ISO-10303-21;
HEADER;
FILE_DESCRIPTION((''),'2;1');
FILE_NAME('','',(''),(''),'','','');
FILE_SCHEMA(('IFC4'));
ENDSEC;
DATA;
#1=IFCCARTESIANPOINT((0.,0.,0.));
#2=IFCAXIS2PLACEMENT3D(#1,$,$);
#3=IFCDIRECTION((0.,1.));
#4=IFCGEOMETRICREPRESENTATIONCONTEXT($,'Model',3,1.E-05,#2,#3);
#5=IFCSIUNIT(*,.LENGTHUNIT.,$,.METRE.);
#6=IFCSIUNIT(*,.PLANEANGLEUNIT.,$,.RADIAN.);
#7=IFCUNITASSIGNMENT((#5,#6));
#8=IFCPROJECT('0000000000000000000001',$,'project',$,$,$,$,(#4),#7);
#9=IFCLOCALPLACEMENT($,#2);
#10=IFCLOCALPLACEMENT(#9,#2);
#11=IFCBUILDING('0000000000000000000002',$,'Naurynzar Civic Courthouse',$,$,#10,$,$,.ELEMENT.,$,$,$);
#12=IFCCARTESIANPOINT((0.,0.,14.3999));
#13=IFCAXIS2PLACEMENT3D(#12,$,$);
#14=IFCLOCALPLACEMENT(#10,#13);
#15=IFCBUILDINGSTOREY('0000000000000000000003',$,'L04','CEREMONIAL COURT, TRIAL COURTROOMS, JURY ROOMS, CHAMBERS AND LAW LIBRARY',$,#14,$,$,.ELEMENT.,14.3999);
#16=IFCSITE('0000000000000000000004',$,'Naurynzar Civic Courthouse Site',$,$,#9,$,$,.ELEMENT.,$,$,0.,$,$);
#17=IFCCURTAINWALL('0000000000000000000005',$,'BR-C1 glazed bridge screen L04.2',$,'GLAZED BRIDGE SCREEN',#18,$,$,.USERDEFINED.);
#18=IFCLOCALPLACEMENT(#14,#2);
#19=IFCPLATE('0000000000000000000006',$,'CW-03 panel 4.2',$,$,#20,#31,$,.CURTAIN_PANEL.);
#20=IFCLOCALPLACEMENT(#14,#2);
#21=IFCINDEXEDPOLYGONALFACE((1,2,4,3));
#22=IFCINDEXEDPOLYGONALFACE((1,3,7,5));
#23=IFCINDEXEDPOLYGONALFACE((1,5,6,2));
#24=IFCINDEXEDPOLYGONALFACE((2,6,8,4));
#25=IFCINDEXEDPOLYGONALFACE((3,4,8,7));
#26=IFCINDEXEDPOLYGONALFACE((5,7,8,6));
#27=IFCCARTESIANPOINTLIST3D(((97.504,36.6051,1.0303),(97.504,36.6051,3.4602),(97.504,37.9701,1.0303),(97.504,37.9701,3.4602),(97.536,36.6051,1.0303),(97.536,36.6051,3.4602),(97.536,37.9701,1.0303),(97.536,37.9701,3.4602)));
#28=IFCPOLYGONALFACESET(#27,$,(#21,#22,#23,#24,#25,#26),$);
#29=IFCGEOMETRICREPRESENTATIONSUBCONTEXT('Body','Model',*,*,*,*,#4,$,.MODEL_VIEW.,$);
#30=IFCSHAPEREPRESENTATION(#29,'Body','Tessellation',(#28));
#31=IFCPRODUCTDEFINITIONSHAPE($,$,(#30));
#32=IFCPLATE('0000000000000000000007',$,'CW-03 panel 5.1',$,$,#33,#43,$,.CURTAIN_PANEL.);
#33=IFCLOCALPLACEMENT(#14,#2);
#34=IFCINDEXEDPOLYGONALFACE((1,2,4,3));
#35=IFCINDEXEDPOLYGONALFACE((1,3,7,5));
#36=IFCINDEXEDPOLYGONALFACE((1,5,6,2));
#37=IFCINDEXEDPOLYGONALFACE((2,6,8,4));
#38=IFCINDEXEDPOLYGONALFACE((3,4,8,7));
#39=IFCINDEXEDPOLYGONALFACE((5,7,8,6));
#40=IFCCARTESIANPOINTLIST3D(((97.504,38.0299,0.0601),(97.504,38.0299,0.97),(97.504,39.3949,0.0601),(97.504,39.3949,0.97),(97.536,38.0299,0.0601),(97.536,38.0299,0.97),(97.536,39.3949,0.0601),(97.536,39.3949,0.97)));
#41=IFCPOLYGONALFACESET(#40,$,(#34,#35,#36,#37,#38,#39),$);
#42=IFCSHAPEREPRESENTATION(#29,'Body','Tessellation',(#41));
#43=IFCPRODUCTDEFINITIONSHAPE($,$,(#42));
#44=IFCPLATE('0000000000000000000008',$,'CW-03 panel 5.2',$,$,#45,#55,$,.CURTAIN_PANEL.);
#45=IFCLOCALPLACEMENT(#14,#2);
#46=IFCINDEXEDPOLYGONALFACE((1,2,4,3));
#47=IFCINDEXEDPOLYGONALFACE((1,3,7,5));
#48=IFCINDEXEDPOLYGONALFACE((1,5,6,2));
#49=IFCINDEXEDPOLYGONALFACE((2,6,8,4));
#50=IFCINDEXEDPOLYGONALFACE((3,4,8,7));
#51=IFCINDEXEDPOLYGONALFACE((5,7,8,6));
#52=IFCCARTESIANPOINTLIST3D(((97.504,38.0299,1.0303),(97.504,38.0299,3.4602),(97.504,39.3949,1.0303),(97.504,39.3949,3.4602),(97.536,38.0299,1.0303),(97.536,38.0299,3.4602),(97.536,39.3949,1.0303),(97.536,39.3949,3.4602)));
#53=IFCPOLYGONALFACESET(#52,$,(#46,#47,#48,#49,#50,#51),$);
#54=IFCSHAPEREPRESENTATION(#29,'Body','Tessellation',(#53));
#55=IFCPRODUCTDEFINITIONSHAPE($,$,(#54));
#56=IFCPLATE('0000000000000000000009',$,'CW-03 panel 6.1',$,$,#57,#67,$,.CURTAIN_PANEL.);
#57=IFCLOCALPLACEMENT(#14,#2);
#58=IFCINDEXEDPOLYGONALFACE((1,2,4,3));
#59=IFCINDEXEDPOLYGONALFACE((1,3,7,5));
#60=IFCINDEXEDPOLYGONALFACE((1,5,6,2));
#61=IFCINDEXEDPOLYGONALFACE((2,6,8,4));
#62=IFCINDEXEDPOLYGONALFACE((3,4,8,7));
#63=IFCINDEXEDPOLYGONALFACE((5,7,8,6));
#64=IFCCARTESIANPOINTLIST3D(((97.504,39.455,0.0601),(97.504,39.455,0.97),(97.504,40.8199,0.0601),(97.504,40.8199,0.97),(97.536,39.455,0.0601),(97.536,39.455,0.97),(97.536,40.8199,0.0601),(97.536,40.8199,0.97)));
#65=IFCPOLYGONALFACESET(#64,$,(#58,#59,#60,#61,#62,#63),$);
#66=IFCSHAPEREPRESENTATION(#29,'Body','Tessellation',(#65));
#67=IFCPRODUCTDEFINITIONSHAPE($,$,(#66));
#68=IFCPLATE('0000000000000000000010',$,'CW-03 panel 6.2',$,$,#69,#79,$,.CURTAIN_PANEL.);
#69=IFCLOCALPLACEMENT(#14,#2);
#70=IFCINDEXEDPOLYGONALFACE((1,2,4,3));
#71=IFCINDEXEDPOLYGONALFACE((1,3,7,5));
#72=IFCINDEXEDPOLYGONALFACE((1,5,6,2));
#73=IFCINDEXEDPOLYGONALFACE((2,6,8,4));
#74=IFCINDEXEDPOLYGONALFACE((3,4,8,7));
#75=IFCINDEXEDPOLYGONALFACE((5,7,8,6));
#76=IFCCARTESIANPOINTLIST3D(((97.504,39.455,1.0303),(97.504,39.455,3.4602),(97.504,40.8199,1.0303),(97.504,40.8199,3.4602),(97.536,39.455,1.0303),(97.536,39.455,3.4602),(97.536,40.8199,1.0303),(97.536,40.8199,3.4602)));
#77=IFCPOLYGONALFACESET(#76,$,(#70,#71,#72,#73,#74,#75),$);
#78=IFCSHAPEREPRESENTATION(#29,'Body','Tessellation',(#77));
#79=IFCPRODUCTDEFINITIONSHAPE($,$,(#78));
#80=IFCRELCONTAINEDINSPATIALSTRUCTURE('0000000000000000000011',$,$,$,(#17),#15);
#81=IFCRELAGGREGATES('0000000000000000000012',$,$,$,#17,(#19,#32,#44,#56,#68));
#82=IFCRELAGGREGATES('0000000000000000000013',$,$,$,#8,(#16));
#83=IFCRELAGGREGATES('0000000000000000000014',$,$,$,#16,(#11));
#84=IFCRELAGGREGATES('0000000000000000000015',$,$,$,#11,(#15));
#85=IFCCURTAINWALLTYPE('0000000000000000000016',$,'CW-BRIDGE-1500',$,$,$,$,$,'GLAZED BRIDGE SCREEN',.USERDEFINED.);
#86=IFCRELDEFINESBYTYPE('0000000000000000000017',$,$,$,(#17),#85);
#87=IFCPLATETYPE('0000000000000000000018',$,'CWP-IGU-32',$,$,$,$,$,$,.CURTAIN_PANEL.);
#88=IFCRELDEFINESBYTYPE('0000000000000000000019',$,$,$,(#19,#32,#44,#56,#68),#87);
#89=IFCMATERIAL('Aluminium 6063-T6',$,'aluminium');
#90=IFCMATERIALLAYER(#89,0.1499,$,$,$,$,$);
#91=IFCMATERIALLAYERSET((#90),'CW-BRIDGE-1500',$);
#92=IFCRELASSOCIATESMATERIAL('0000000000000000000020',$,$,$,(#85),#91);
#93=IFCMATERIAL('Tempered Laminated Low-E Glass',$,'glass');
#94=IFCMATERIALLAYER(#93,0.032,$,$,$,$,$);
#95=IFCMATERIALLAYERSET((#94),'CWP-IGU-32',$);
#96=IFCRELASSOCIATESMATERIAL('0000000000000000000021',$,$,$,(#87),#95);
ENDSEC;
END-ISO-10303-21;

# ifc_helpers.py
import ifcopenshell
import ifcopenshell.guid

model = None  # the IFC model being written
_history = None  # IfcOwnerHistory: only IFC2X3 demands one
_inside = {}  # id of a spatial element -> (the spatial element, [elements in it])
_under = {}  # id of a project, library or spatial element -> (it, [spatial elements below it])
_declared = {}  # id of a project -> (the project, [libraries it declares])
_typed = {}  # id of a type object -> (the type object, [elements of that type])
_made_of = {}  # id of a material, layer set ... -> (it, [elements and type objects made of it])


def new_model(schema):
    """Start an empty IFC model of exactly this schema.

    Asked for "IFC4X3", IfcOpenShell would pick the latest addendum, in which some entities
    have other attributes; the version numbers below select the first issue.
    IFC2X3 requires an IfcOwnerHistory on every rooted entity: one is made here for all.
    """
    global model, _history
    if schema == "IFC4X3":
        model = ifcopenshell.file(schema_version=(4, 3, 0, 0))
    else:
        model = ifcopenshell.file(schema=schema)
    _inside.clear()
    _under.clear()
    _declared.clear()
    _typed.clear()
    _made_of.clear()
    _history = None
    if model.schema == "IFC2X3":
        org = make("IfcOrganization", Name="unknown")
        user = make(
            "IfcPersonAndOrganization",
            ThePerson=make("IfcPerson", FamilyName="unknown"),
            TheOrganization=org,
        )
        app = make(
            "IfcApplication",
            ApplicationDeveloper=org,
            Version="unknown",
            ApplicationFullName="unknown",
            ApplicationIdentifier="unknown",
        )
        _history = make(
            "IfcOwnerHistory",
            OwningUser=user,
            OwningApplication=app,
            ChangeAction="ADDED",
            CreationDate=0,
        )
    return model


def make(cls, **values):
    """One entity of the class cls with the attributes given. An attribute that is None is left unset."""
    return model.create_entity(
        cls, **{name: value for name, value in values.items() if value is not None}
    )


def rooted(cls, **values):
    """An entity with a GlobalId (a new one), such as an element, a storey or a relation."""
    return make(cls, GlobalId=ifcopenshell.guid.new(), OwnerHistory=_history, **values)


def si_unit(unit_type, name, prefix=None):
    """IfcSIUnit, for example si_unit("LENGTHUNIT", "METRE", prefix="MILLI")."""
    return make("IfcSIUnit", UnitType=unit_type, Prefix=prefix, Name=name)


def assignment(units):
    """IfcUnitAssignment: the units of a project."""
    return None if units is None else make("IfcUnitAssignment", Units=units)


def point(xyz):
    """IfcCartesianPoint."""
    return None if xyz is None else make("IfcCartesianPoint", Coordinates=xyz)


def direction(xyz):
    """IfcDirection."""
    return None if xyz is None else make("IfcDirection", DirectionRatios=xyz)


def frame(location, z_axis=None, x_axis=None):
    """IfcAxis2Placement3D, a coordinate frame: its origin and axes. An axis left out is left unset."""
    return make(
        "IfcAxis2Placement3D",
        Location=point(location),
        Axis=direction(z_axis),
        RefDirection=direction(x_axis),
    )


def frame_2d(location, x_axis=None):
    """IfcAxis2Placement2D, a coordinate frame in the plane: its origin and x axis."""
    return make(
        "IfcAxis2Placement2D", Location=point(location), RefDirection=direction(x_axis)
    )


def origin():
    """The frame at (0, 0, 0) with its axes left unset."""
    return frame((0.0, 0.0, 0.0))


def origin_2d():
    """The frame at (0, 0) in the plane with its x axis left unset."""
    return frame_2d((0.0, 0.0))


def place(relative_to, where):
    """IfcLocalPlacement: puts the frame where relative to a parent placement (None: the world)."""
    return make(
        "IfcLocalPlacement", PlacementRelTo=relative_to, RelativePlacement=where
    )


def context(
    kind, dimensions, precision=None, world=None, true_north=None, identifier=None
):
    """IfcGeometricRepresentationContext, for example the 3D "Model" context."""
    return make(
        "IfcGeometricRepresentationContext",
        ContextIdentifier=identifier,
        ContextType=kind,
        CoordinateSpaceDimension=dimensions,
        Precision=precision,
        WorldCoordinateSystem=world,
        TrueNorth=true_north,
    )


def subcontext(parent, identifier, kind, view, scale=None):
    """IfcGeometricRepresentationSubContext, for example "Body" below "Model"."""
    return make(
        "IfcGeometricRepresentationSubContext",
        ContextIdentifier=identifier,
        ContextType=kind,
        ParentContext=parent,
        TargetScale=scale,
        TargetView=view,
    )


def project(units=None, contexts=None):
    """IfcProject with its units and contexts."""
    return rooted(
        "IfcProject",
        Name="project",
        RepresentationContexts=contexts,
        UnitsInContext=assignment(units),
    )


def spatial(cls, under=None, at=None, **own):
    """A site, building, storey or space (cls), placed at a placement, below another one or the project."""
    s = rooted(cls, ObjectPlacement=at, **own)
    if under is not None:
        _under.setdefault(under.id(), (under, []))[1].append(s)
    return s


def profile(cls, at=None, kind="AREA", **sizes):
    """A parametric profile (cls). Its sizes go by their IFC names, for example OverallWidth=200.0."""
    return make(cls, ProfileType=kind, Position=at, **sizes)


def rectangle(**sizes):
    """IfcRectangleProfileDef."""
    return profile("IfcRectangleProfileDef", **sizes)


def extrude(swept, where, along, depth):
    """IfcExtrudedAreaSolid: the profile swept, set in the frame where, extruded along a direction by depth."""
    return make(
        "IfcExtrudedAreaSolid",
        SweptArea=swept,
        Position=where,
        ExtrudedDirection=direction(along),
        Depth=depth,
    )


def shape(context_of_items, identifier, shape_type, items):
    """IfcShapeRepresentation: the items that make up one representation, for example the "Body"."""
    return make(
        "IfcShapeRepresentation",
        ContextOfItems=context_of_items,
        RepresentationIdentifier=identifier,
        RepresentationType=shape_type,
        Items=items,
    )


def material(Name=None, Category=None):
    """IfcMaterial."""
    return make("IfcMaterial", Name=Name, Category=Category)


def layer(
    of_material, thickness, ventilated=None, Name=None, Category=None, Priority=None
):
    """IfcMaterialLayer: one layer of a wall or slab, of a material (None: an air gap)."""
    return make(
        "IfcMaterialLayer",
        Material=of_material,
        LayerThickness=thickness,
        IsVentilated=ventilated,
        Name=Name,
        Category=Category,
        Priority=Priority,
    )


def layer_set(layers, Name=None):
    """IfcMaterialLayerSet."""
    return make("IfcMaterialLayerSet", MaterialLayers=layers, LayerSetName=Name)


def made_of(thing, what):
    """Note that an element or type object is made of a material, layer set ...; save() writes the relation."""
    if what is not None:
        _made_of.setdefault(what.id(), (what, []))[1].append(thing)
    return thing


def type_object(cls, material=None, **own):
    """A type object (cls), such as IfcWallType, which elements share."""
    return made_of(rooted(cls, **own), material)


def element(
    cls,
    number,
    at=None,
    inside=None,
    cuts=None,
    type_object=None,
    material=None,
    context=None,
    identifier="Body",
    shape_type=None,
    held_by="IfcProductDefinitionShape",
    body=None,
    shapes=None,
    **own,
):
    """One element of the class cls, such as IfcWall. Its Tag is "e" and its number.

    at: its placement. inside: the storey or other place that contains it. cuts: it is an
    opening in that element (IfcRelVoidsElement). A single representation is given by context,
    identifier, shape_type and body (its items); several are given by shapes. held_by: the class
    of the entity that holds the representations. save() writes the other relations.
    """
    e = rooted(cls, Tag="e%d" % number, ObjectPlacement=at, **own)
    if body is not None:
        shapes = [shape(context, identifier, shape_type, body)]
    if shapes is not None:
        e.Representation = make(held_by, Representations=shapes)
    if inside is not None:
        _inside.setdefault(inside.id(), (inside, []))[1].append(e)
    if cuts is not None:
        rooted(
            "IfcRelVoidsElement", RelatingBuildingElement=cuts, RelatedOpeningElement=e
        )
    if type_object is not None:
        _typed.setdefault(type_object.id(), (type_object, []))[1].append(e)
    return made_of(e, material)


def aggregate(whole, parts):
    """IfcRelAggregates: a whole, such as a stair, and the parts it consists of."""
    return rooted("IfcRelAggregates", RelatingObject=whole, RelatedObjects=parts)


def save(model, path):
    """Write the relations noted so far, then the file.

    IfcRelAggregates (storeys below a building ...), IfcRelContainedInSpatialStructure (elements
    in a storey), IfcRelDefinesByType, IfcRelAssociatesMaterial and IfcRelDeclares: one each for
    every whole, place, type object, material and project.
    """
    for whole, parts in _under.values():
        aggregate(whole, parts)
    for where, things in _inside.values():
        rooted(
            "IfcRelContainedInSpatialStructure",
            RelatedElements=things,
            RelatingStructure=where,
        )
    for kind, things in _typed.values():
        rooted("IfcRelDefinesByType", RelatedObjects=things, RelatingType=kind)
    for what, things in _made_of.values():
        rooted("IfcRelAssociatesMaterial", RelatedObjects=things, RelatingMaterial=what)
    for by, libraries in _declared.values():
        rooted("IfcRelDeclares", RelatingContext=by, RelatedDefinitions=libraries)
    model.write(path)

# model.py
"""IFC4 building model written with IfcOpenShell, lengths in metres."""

from ifc_helpers import new_model, si_unit, direction, frame, origin, origin_2d, place, context, subcontext, project, spatial, rectangle, extrude, material, layer, layer_set, type_object, element, aggregate, save


model = new_model("IFC4")

# Units and contexts
model_context = context("Model", 3, precision=1e-05, world=origin(), true_north=direction((0.0, 1.0)))
body_context = subcontext(model_context, "Body", "Model", "MODEL_VIEW")
ifc_project = project(units=[si_unit("LENGTHUNIT", "METRE"), si_unit("PLANEANGLEUNIT", "RADIAN")], contexts=[model_context])

# Site, building, storey
site_placement = place(None, origin())
site = spatial("IfcSite", under=ifc_project, at=site_placement, Name="Naurynzar Civic Courthouse Site", CompositionType="ELEMENT", RefElevation=0.0)
building_placement = place(site_placement, origin())
building = spatial("IfcBuilding", under=site, at=building_placement, Name="Naurynzar Civic Courthouse", CompositionType="ELEMENT")
storey_placement = place(building_placement, frame((0.0, 0.0, 14.3999)))
storey = spatial("IfcBuildingStorey", under=building, at=storey_placement, Name="L04", Description="CEREMONIAL COURT, TRIAL COURTROOMS, JURY ROOMS, CHAMBERS AND LAW LIBRARY", CompositionType="ELEMENT", Elevation=14.3999)

# Curtain wall
ifc_material_1 = material(Name="Aluminium 6063-T6", Category="aluminium")
ifc_layer_1 = layer(ifc_material_1, 0.1499)
ifc_layer_set_1 = layer_set([ifc_layer_1], Name="CW-BRIDGE-1500")
curtain_wall_type = type_object("IfcCurtainWallType", Name="CW-BRIDGE-1500", ElementType="GLAZED BRIDGE SCREEN", PredefinedType="USERDEFINED", material=ifc_layer_set_1)
curtain_wall_1_placement = place(storey_placement, origin())
curtain_wall_1 = element("IfcCurtainWall", 1, at=curtain_wall_1_placement, inside=storey, type_object=curtain_wall_type, Name="BR-C1 glazed bridge screen L04.2", ObjectType="GLAZED BRIDGE SCREEN", PredefinedType="USERDEFINED")

# Plates
ifc_material_2 = material(Name="Tempered Laminated Low-E Glass", Category="glass")
ifc_layer_2 = layer(ifc_material_2, 0.032)
ifc_layer_set_2 = layer_set([ifc_layer_2], Name="CWP-IGU-32")
plate_type = type_object("IfcPlateType", Name="CWP-IGU-32", PredefinedType="CURTAIN_PANEL", material=ifc_layer_set_2)
plate_1_placement = place(storey_placement, frame((97.52, 37.2876, 1.0303), z_axis=(0.0, 0.0, 1.0), x_axis=(0.0, 1.0, 0.0)))
plate_1 = element("IfcPlate", 2, at=plate_1_placement, type_object=plate_type, Name="CW-03 panel 4.2", PredefinedType="CURTAIN_PANEL", context=body_context, shape_type="SweptSolid", body=[
    extrude(rectangle(XDim=1.365, YDim=0.032, at=origin_2d()), origin(), (0.0, 0.0, 1.0), 2.4299),
])
plate_2_placement = place(storey_placement, frame((97.52, 38.7124, 0.0601), z_axis=(0.0, 0.0, 1.0), x_axis=(0.0, 1.0, 0.0)))
plate_2 = element("IfcPlate", 3, at=plate_2_placement, type_object=plate_type, Name="CW-03 panel 5.1", PredefinedType="CURTAIN_PANEL", context=body_context, shape_type="SweptSolid", body=[
    extrude(rectangle(XDim=1.365, YDim=0.032, at=origin_2d()), origin(), (0.0, 0.0, 1.0), 0.9099),
])
plate_3_placement = place(storey_placement, frame((97.52, 38.7124, 1.0303), z_axis=(0.0, 0.0, 1.0), x_axis=(0.0, 1.0, 0.0)))
plate_3 = element("IfcPlate", 4, at=plate_3_placement, type_object=plate_type, Name="CW-03 panel 5.2", PredefinedType="CURTAIN_PANEL", context=body_context, shape_type="SweptSolid", body=[
    extrude(rectangle(XDim=1.365, YDim=0.032, at=origin_2d()), origin(), (0.0, 0.0, 1.0), 2.4299),
])
plate_4_placement = place(storey_placement, frame((97.52, 40.1375, 0.0601), z_axis=(0.0, 0.0, 1.0), x_axis=(0.0, 1.0, 0.0)))
plate_4 = element("IfcPlate", 5, at=plate_4_placement, type_object=plate_type, Name="CW-03 panel 6.1", PredefinedType="CURTAIN_PANEL", context=body_context, shape_type="SweptSolid", body=[
    extrude(rectangle(XDim=1.365, YDim=0.032, at=origin_2d()), origin(), (0.0, 0.0, 1.0), 0.9099),
])
plate_5_placement = place(storey_placement, frame((97.52, 40.1375, 1.0303), z_axis=(0.0, 0.0, 1.0), x_axis=(0.0, 1.0, 0.0)))
plate_5 = element("IfcPlate", 6, at=plate_5_placement, type_object=plate_type, Name="CW-03 panel 6.2", PredefinedType="CURTAIN_PANEL", context=body_context, shape_type="SweptSolid", body=[
    extrude(rectangle(XDim=1.365, YDim=0.032, at=origin_2d()), origin(), (0.0, 0.0, 1.0), 2.4299),
])
aggregate(curtain_wall_1, [plate_1, plate_2, plate_3, plate_4, plate_5])

save(model, "model.ifc")
